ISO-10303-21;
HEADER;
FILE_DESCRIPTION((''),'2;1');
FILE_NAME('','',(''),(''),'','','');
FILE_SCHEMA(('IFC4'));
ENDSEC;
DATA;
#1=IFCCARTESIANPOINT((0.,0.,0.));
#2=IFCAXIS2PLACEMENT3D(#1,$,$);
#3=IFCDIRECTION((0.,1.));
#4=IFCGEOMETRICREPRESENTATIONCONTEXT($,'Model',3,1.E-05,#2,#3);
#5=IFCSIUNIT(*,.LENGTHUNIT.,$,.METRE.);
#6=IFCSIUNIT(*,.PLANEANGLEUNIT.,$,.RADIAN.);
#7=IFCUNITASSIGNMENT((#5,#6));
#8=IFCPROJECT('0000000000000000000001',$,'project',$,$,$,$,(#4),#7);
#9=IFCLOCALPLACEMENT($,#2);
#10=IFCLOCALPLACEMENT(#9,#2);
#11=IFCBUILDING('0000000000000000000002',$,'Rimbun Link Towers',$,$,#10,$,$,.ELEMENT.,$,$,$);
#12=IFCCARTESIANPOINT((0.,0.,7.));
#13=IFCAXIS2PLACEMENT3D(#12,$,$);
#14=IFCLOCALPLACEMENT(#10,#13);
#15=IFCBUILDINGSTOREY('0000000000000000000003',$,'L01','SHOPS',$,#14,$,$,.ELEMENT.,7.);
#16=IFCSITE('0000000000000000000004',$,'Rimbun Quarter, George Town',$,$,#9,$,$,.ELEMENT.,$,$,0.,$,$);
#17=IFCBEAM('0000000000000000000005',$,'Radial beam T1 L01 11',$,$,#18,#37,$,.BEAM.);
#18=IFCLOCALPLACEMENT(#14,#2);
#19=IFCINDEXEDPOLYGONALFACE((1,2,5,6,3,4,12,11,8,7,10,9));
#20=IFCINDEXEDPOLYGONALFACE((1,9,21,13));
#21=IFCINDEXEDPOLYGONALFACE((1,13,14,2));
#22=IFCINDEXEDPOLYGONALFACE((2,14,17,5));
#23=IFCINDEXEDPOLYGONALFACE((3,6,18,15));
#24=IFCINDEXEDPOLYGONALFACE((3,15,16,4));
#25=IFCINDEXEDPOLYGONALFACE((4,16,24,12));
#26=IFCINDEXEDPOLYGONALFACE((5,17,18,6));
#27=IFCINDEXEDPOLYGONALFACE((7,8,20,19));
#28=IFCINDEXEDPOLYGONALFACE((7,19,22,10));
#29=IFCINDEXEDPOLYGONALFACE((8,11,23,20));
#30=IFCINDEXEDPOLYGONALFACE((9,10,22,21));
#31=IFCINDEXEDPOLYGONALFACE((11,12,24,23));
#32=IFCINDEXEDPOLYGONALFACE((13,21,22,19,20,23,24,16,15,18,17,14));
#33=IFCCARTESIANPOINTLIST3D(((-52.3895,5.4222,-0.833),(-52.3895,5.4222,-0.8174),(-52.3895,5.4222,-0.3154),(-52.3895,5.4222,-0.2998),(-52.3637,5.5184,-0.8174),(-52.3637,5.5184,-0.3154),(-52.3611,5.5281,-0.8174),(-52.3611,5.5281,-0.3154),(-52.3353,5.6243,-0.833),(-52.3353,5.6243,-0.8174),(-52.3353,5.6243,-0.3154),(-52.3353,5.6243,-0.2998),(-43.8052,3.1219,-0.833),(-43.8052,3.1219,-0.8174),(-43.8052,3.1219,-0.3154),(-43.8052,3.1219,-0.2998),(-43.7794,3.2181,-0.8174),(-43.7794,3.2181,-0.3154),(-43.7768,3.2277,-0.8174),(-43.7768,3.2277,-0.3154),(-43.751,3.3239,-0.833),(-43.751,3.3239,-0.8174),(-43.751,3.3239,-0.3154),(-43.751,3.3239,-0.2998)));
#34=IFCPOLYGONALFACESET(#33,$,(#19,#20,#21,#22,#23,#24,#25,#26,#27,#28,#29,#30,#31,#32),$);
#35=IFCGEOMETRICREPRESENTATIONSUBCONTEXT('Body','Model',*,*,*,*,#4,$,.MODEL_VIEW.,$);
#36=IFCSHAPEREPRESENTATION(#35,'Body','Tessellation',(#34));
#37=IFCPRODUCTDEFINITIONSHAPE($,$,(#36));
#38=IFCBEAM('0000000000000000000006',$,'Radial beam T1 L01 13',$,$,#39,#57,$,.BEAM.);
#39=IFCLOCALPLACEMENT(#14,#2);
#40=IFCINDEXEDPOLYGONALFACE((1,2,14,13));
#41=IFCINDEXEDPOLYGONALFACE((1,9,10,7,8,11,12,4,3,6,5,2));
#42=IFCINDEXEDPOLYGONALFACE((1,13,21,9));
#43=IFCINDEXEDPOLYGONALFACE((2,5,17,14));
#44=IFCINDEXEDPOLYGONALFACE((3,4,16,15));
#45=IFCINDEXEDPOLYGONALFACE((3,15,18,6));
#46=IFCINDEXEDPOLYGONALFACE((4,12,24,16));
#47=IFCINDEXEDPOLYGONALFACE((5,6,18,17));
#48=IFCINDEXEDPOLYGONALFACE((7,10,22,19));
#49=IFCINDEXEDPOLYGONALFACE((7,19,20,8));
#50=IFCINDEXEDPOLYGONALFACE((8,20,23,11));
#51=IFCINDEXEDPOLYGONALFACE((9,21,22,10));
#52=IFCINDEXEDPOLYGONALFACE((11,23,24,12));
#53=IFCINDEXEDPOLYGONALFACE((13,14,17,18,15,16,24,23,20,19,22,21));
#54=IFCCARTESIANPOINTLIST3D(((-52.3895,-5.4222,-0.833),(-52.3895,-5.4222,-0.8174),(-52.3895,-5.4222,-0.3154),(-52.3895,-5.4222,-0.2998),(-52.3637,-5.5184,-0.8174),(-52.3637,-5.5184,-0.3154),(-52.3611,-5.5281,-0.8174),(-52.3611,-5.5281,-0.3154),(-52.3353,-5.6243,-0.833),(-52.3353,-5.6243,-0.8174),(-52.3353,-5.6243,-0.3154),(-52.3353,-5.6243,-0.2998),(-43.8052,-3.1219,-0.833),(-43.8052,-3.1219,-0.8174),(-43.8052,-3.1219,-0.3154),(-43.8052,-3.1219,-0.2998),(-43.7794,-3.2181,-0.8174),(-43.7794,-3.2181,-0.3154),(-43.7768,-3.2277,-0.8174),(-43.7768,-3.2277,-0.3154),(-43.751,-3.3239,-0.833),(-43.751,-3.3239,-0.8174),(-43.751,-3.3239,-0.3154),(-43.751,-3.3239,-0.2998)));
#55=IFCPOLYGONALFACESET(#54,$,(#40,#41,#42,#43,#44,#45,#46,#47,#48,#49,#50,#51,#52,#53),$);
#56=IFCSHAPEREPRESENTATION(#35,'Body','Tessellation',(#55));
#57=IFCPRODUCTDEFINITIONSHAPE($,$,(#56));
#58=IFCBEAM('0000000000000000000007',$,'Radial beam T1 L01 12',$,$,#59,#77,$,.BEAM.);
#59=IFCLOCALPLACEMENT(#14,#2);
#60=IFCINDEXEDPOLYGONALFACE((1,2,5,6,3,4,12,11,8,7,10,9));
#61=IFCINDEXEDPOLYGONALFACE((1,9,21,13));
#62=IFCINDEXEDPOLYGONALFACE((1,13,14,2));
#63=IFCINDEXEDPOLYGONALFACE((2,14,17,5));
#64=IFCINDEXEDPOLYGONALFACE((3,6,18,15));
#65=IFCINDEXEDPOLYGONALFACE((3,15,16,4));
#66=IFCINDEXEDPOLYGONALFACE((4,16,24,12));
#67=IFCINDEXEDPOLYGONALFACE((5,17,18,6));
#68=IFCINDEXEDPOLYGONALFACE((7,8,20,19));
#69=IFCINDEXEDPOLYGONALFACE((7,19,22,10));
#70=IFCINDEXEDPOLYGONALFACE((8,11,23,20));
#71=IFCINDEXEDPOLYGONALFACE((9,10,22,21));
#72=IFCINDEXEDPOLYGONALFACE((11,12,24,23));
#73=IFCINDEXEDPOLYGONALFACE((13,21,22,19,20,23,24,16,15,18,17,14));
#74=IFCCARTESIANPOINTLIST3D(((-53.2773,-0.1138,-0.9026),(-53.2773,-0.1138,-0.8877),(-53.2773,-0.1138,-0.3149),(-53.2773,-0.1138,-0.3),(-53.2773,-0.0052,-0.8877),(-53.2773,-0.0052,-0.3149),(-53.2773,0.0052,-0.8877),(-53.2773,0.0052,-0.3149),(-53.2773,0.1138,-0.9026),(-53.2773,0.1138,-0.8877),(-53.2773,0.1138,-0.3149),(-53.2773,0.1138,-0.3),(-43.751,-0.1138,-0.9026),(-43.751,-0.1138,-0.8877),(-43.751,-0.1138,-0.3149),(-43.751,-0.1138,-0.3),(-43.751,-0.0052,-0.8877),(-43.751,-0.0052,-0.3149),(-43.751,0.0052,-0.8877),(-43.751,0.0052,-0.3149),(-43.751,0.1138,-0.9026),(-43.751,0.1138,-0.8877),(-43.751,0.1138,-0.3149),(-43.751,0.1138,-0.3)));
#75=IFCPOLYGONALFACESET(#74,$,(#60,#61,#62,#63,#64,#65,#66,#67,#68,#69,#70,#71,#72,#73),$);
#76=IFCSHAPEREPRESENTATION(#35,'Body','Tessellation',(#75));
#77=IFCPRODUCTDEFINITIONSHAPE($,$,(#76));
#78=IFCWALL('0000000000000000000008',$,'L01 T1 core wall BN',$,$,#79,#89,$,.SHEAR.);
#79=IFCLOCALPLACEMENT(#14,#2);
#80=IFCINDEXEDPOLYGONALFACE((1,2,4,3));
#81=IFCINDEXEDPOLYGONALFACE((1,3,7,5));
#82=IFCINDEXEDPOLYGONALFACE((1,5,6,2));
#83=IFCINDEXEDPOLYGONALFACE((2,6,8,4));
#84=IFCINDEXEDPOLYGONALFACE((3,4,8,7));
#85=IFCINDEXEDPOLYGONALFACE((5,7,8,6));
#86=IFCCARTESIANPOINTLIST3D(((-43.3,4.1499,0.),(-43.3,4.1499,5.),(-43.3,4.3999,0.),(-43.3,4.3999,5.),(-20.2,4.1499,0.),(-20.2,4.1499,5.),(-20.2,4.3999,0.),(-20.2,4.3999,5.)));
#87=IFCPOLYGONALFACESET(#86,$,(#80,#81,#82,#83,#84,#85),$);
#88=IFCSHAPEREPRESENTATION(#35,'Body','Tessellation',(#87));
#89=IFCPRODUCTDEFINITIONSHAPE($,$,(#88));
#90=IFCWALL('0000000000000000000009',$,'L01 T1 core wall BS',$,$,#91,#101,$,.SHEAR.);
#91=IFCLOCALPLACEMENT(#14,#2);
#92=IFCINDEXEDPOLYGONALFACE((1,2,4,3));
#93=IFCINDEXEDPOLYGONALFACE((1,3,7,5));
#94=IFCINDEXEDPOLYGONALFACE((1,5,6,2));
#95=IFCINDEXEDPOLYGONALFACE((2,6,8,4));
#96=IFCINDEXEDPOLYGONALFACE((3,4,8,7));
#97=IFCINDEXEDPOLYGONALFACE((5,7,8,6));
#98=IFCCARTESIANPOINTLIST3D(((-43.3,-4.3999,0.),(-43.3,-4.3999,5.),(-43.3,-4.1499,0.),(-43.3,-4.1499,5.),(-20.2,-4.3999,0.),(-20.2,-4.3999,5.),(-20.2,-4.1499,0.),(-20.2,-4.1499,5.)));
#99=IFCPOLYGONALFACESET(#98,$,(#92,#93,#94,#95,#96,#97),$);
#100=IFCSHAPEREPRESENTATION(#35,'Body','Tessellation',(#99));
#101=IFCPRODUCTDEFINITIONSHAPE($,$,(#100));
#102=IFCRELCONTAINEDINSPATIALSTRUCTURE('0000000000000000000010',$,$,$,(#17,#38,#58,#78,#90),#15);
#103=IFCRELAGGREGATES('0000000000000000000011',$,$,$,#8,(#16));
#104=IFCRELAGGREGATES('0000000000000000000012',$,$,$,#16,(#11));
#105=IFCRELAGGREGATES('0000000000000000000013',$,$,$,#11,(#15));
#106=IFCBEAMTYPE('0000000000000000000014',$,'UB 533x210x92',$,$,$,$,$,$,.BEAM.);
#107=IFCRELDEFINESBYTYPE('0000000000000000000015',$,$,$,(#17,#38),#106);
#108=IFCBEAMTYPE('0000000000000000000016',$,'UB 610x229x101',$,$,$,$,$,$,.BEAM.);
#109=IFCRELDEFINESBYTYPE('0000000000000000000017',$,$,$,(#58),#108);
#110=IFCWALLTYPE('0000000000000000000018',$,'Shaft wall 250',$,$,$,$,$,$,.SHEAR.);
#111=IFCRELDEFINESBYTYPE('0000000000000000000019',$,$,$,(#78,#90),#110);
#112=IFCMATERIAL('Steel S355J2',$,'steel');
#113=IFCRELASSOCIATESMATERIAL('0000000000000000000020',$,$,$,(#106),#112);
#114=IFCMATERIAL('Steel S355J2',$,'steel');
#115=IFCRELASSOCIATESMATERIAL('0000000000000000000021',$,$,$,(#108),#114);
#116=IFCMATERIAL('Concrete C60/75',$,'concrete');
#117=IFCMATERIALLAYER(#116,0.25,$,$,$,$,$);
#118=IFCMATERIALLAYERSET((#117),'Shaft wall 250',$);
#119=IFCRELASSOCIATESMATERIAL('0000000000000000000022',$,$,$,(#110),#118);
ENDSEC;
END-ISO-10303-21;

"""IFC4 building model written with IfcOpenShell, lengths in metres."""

from ifc_helpers import new_model, si_unit, direction, frame, frame_2d, origin, origin_2d, place, context, subcontext, project, spatial, rectangle, i_section, extrude, material, layer, layer_set, material_profile, profile_set, type_object, element, save


model = new_model("IFC4")

# Units and contexts
model_context = context("Model", 3, precision=1e-05, world=origin(), true_north=direction((0.0, 1.0)))
body_context = subcontext(model_context, "Body", "Model", "MODEL_VIEW")
ifc_project = project(units=[si_unit("LENGTHUNIT", "METRE"), si_unit("PLANEANGLEUNIT", "RADIAN")], contexts=[model_context])

# Site, building, storey
site_placement = place(None, origin())
site = spatial("IfcSite", under=ifc_project, at=site_placement, Name="Rimbun Quarter, George Town", CompositionType="ELEMENT", RefElevation=0.0)
building_placement = place(site_placement, origin())
building = spatial("IfcBuilding", under=site, at=building_placement, Name="Rimbun Link Towers", CompositionType="ELEMENT")
storey_placement = place(building_placement, frame((0.0, 0.0, 7.0)))
storey = spatial("IfcBuildingStorey", under=building, at=storey_placement, Name="L01", Description="SHOPS", CompositionType="ELEMENT", Elevation=7.0)

# Beams
ifc_material_1 = material(Name="Steel S355J2", Category="steel")
ifc_material_profile_1 = material_profile(ifc_material_1, i_section(OverallWidth=0.2092, OverallDepth=0.5332, WebThickness=0.01, FlangeThickness=0.0156, at=origin_2d()), Name="UB 533x210x92")
ifc_profile_set_1 = profile_set([ifc_material_profile_1], Name="Steel S355J2")
beam_type_1 = type_object("IfcBeamType", Name="UB 533x210x92", PredefinedType="BEAM", material=ifc_profile_set_1)
for number, where, z_axis, x_axis, name in (
    (1, (-43.7781, 3.2229, -0.5664), (-0.965921, 0.258835, 0.0), (-0.258835, -0.965921, 0.0), "Radial beam T1 L01 11"),
    (2, (-43.7781, -3.2229, -0.5664), (-0.965921, -0.258835, 0.0), (0.258835, -0.965921, 0.0), "Radial beam T1 L01 13"),
):
    element("IfcBeam", number, at=place(storey_placement, frame(where, z_axis=z_axis, x_axis=x_axis)), inside=storey, type_object=beam_type_1, Name=name, PredefinedType="BEAM", context=body_context, shape_type="SweptSolid", body=[
        extrude(i_section(OverallWidth=0.2092, OverallDepth=0.5332, WebThickness=0.01, FlangeThickness=0.0156, at=origin_2d()), origin(), (0.0, 0.0, 1.0), 8.8872),
    ])
ifc_material_2 = material(Name="Steel S355J2", Category="steel")
ifc_material_profile_2 = material_profile(ifc_material_2, i_section(OverallWidth=0.2275, OverallDepth=0.6025, WebThickness=0.0105, FlangeThickness=0.0149, at=origin_2d()), Name="UB 610x229x101")
ifc_profile_set_2 = profile_set([ifc_material_profile_2], Name="Steel S355J2")
beam_type_2 = type_object("IfcBeamType", Name="UB 610x229x101", PredefinedType="BEAM", material=ifc_profile_set_2)
beam_placement = place(storey_placement, frame((-43.751, 0.0, -0.6013), z_axis=(-1.0, 0.0, 0.0), x_axis=(0.0, -1.0, 0.0)))
element("IfcBeam", 3, at=beam_placement, inside=storey, type_object=beam_type_2, Name="Radial beam T1 L01 12", PredefinedType="BEAM", context=body_context, shape_type="SweptSolid", body=[
    extrude(i_section(OverallWidth=0.2275, OverallDepth=0.6025, WebThickness=0.0105, FlangeThickness=0.0149, at=origin_2d()), origin(), (0.0, 0.0, 1.0), 9.5264),
])

# Walls
ifc_material_3 = material(Name="Concrete C60/75", Category="concrete")
ifc_layer = layer(ifc_material_3, 0.25)
ifc_layer_set = layer_set([ifc_layer], Name="Shaft wall 250")
wall_type = type_object("IfcWallType", Name="Shaft wall 250", PredefinedType="SHEAR", material=ifc_layer_set)
for number, where, z_axis, x_axis, name in (
    (4, (-43.3, 4.2749, 0.0), (0.0, 0.0, 1.0), (1.0, 0.0, 0.0), "L01 T1 core wall BN"),
    (5, (-43.3, -4.2749, 0.0), (0.0, 0.0, 1.0), (1.0, 0.0, 0.0), "L01 T1 core wall BS"),
):
    element("IfcWall", number, at=place(storey_placement, frame(where, z_axis=z_axis, x_axis=x_axis)), inside=storey, type_object=wall_type, Name=name, PredefinedType="SHEAR", context=body_context, shape_type="SweptSolid", body=[
        extrude(rectangle(XDim=23.1001, YDim=0.25, at=frame_2d((11.55, 0.0))), origin(), (0.0, 0.0, 1.0), 5.0),
    ])

save(model, "model.ifc")
